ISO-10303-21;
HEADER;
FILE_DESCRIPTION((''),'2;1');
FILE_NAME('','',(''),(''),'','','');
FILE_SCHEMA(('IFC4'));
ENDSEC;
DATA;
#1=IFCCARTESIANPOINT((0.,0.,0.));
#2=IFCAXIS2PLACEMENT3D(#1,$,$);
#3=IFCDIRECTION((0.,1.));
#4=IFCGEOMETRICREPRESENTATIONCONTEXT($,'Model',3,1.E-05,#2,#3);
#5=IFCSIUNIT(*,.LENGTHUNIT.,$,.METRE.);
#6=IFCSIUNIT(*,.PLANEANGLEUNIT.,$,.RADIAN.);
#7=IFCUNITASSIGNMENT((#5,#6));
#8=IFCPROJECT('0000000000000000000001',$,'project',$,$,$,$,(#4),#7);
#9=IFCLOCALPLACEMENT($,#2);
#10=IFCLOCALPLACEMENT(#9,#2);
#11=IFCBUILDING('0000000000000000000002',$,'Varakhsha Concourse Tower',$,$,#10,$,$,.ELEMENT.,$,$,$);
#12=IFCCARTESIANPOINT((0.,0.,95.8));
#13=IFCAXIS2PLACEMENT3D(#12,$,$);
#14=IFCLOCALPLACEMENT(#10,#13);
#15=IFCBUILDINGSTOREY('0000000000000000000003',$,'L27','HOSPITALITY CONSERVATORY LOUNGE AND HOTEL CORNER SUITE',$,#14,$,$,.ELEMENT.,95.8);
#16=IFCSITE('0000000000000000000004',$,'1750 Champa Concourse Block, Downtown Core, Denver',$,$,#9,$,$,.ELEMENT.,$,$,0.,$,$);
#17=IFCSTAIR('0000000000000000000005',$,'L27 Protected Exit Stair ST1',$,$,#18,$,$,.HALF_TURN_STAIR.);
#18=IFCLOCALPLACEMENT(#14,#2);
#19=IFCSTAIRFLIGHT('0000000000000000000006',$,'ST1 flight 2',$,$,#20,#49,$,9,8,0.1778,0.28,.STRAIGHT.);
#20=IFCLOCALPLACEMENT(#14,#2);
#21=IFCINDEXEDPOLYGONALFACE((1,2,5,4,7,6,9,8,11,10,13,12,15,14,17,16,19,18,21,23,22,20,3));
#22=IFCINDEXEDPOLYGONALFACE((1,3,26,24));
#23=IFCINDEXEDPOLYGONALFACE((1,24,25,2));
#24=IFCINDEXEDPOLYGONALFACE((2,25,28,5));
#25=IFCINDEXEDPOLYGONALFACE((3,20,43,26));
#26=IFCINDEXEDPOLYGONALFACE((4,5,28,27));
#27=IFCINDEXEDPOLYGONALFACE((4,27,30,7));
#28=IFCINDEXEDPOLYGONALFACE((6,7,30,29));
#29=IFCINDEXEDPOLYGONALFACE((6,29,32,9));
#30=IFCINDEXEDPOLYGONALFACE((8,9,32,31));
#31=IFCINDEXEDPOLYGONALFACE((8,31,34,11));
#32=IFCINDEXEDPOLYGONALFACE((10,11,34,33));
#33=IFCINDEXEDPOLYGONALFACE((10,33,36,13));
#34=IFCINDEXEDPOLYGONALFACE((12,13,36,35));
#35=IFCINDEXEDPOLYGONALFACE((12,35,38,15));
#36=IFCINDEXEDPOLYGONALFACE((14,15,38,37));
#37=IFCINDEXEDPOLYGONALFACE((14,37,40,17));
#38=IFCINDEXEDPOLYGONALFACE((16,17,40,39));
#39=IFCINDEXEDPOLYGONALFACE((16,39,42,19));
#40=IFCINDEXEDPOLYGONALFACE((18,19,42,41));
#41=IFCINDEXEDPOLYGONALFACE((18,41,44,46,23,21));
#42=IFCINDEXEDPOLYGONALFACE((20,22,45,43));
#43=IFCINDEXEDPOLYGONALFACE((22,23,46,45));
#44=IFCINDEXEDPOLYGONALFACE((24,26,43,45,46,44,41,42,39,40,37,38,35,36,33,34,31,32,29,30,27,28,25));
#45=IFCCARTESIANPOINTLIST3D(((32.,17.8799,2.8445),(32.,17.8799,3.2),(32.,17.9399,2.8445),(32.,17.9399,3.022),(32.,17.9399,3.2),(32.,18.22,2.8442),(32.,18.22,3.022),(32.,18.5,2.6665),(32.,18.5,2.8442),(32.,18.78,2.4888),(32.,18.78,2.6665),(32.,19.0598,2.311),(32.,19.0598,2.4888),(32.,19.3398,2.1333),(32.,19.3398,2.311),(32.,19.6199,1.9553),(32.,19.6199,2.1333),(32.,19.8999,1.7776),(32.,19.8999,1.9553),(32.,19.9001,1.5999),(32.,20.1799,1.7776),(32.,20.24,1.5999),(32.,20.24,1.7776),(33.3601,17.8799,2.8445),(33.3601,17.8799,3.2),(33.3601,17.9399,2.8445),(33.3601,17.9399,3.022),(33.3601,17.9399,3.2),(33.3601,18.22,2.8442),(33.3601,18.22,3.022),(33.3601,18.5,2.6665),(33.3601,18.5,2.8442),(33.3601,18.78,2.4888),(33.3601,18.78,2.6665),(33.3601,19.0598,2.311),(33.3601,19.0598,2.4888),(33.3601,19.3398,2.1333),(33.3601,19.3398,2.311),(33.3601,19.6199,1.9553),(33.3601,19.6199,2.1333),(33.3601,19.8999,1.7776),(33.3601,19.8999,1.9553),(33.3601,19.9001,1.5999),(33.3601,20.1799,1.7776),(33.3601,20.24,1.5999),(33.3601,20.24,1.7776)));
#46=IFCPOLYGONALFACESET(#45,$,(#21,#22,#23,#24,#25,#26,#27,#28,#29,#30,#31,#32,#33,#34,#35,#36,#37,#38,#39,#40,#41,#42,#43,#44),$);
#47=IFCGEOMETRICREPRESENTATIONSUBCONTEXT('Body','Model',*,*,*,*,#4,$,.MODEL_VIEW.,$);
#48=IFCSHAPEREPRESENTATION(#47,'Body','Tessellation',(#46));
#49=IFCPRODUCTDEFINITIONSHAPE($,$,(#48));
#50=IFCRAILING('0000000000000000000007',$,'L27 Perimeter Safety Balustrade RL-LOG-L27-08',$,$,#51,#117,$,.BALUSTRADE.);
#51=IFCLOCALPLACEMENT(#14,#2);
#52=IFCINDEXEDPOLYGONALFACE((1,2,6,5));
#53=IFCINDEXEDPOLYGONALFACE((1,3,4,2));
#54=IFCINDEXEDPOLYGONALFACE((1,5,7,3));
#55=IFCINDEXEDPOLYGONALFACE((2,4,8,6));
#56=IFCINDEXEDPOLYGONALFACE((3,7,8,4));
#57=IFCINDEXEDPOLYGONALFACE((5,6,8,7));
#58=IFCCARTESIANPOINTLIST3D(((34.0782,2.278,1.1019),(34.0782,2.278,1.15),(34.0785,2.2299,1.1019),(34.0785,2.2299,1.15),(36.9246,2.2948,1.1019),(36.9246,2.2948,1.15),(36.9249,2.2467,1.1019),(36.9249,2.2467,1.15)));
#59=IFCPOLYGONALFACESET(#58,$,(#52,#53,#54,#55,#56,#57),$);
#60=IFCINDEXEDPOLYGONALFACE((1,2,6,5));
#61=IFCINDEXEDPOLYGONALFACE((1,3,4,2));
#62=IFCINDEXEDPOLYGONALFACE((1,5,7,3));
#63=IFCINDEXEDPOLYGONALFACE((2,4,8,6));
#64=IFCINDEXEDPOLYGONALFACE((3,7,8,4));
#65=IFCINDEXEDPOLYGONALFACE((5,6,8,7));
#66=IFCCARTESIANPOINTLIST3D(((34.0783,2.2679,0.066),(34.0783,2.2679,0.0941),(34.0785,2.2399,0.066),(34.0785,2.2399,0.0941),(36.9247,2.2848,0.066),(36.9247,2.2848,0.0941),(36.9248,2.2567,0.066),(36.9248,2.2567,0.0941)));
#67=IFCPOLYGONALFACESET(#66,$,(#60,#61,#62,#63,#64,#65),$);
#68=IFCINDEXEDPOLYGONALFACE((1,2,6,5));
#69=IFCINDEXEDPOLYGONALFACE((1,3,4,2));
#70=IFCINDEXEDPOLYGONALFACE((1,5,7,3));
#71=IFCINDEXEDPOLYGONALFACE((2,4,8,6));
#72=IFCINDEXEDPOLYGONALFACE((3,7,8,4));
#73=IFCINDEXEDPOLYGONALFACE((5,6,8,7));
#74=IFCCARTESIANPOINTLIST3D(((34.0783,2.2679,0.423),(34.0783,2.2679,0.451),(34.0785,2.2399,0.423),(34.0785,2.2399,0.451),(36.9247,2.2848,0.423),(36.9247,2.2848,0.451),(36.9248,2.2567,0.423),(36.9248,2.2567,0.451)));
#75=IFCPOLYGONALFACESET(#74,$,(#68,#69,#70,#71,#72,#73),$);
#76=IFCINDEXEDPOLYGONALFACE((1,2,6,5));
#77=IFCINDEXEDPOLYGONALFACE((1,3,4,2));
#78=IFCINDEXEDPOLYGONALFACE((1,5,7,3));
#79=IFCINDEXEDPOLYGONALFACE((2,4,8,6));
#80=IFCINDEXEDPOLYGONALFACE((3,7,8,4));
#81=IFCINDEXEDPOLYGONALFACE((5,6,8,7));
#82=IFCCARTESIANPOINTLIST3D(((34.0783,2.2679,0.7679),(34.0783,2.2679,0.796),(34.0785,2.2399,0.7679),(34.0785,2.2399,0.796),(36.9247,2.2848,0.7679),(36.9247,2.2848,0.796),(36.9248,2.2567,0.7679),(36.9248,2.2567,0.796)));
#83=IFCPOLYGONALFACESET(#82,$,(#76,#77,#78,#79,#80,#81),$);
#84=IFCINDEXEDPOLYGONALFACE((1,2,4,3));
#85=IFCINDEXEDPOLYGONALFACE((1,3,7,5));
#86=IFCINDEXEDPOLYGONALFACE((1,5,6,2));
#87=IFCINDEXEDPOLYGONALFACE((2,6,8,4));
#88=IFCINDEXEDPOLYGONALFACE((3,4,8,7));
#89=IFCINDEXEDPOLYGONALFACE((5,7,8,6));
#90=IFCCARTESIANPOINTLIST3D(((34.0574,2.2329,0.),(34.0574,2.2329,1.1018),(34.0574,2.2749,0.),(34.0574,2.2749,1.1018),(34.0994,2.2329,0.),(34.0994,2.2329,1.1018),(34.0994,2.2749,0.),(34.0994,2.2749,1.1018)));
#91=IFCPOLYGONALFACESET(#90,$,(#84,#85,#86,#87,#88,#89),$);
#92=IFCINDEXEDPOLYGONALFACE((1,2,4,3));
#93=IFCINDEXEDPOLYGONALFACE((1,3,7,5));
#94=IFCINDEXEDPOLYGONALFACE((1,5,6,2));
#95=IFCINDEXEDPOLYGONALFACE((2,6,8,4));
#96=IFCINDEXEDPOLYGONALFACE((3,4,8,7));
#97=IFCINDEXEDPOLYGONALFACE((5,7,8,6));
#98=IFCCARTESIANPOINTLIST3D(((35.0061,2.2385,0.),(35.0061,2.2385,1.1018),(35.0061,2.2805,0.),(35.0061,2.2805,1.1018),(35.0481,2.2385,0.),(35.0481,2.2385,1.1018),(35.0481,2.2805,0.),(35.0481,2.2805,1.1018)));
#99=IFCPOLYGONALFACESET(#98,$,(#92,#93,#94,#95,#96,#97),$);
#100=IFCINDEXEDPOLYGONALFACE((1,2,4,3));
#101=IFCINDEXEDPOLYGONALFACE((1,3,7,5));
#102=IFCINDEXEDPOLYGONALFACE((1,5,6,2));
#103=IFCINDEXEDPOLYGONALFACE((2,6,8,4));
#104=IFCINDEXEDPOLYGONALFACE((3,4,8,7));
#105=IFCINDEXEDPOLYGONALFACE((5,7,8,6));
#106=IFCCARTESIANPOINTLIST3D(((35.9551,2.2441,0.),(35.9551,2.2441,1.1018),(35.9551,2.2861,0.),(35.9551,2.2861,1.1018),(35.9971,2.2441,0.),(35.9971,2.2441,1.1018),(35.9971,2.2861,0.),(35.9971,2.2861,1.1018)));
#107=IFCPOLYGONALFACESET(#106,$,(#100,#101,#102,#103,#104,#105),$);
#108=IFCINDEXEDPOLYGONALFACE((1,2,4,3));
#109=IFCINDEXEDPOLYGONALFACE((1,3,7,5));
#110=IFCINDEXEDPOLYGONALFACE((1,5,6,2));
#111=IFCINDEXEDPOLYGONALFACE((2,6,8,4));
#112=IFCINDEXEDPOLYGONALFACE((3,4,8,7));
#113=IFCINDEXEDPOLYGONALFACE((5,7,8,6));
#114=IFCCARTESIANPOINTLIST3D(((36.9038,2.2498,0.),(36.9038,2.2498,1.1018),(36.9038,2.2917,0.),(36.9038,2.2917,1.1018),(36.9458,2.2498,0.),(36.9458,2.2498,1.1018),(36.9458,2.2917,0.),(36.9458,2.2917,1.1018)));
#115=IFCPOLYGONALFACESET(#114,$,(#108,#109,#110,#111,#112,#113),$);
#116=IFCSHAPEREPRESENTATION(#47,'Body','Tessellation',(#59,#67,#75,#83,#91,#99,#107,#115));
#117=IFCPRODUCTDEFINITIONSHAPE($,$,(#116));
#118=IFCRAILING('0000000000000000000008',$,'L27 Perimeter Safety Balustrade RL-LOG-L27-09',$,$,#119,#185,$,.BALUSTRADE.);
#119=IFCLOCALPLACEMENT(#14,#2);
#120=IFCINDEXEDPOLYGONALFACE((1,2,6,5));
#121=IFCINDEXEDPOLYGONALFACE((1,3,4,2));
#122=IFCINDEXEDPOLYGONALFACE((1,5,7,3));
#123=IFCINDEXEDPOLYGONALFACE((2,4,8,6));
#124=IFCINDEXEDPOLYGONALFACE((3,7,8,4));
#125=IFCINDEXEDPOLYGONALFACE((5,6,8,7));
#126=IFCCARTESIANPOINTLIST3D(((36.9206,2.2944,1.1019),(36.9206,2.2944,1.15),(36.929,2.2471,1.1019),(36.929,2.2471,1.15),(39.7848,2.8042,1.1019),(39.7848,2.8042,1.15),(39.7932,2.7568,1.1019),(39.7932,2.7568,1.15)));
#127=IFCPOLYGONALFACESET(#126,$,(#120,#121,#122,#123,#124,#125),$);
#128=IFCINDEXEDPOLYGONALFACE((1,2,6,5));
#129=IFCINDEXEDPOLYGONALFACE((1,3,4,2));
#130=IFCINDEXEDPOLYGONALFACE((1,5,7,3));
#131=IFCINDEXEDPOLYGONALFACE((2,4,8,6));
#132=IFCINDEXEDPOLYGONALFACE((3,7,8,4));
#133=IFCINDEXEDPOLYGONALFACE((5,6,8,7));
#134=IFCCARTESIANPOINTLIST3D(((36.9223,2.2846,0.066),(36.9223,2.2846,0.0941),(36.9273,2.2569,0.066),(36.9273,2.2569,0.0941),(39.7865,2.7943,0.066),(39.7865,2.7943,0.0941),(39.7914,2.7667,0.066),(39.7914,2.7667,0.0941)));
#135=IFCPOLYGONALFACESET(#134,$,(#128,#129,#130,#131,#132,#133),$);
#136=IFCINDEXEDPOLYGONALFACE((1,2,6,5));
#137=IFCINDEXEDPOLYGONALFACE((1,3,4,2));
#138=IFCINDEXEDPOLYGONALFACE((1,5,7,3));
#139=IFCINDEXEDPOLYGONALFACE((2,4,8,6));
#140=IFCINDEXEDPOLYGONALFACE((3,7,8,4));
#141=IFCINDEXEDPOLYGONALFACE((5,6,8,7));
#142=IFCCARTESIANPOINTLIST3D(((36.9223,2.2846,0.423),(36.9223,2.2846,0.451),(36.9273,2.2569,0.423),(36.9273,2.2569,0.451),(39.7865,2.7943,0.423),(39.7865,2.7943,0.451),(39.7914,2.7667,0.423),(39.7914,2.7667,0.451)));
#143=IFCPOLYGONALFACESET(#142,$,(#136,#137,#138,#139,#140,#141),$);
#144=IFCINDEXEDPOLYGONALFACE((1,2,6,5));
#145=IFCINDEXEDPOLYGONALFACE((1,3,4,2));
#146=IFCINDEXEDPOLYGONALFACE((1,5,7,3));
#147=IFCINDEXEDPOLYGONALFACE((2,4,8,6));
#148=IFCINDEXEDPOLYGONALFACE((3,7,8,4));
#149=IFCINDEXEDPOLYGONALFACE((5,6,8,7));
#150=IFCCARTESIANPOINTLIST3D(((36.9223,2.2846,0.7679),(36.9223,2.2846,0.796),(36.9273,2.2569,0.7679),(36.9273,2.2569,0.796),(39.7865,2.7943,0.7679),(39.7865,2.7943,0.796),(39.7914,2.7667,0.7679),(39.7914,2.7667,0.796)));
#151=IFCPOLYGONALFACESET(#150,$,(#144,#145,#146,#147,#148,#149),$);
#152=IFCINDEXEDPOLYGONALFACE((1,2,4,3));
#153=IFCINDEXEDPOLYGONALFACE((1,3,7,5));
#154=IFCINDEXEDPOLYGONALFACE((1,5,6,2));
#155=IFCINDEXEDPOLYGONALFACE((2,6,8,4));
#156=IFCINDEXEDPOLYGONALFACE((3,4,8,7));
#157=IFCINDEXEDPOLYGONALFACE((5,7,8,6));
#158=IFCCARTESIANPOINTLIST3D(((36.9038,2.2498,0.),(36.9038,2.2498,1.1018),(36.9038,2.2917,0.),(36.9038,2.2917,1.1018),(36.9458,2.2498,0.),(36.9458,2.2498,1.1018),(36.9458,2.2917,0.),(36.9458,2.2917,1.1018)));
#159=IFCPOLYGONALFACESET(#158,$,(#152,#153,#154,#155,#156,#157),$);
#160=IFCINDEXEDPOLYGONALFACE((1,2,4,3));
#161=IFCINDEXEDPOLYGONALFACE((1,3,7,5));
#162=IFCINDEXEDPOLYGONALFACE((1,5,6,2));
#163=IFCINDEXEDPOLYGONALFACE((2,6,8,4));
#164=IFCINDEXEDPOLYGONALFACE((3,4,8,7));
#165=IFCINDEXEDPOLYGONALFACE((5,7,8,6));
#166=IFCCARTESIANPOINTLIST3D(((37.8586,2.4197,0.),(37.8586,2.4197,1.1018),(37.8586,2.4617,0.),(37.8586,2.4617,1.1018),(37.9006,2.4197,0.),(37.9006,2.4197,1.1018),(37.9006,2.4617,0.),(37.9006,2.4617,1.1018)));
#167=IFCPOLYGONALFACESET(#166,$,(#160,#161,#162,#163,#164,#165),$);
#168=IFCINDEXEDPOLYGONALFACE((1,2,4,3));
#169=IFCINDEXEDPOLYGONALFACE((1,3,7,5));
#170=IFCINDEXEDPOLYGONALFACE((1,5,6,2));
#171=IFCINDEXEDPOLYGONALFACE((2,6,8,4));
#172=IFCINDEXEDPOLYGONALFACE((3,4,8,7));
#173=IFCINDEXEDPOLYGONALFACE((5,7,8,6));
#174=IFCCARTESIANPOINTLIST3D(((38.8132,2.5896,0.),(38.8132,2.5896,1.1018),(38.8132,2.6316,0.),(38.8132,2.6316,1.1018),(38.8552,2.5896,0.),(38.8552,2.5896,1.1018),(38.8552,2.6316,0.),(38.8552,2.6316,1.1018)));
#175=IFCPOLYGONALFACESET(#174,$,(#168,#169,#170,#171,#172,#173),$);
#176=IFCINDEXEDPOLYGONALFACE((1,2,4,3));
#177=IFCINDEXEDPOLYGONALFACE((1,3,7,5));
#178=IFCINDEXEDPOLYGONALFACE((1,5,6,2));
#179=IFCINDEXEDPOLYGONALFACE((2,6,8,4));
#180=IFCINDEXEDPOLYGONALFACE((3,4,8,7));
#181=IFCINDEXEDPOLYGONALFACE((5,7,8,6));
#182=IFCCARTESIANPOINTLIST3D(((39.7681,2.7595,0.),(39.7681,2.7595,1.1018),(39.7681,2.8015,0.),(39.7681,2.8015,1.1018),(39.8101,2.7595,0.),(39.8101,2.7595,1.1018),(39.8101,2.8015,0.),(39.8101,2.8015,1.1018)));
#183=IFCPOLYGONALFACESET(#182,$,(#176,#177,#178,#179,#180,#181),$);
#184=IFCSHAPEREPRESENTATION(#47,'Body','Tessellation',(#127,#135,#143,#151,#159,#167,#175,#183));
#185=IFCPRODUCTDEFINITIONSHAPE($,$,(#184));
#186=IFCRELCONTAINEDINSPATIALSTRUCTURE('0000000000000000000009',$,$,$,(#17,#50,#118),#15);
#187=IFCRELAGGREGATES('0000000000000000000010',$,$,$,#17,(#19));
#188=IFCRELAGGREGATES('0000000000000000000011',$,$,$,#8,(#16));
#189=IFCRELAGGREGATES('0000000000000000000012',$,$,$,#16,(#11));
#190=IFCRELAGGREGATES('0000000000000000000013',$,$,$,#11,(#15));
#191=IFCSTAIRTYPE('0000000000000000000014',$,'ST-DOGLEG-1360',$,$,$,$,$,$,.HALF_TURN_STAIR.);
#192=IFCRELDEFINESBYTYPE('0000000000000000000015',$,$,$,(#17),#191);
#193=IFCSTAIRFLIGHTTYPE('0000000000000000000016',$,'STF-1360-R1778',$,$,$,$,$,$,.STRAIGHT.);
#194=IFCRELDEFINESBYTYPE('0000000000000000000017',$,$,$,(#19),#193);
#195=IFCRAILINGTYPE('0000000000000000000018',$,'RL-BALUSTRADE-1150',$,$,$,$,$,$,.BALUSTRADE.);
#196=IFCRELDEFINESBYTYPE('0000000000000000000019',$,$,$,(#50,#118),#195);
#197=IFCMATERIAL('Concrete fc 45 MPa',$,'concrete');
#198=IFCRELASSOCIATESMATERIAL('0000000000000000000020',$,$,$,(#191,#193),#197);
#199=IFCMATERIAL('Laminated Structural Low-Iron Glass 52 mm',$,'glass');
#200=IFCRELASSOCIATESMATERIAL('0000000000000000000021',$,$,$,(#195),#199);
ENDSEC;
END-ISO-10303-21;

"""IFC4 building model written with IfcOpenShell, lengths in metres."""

from ifc_helpers import new_model, si_unit, direction, frame, origin, origin_2d, place, context, subcontext, project, spatial, polyline, rectangle, outline, extrude, material, type_object, element, aggregate, save


model = new_model("IFC4")

# Units and contexts
model_context = context("Model", 3, precision=1e-05, world=origin(), true_north=direction((0.0, 1.0)))
body_context = subcontext(model_context, "Body", "Model", "MODEL_VIEW")
ifc_project = project(units=[si_unit("LENGTHUNIT", "METRE"), si_unit("PLANEANGLEUNIT", "RADIAN")], contexts=[model_context])

# Site, building, storey
site_placement = place(None, origin())
site = spatial("IfcSite", under=ifc_project, at=site_placement, Name="1750 Champa Concourse Block, Downtown Core, Denver", CompositionType="ELEMENT", RefElevation=0.0)
building_placement = place(site_placement, origin())
building = spatial("IfcBuilding", under=site, at=building_placement, Name="Varakhsha Concourse Tower", CompositionType="ELEMENT")
storey_placement = place(building_placement, frame((0.0, 0.0, 95.8)))
storey = spatial("IfcBuildingStorey", under=building, at=storey_placement, Name="L27", Description="HOSPITALITY CONSERVATORY LOUNGE AND HOTEL CORNER SUITE", CompositionType="ELEMENT", Elevation=95.8)

# Shared definitions
ifc_material_1 = material(Name="Concrete fc 45 MPa", Category="concrete")

# Stair, stair flight
stair_type = type_object("IfcStairType", Name="ST-DOGLEG-1360", PredefinedType="HALF_TURN_STAIR", material=ifc_material_1)
stair_placement = place(storey_placement, origin())
stair = element("IfcStair", 1, at=stair_placement, inside=storey, type_object=stair_type, Name="L27 Protected Exit Stair ST1", PredefinedType="HALF_TURN_STAIR")
stair_flight_type = type_object("IfcStairFlightType", Name="STF-1360-R1778", PredefinedType="STRAIGHT", material=ifc_material_1)
stair_flight_1_placement = place(storey_placement, frame((32.6799, 20.1799, 1.5999), z_axis=(0.0, 0.0, 1.0), x_axis=(0.0, -1.0, 0.0)))
stair_flight_1 = element("IfcStairFlight", 2, at=stair_flight_1_placement, type_object=stair_flight_type, Name="ST1 flight 2", NumberOfRisers=9, NumberOfTreads=8, PredefinedType="STRAIGHT", RiserHeight=0.1778, TreadLength=0.28, context=body_context, shape_type="SweptSolid", body=[
    extrude(outline(polyline([(-0.0601, 0.0), (-0.0601, 0.1777), (0.0, 0.1777), (0.28, 0.1777), (0.28, 0.3555), (0.5601, 0.3555), (0.5601, 0.5334), (0.8401, 0.5334), (0.8401, 0.7112), (1.1201, 0.7112), (1.1201, 0.8889), (1.3999, 0.8889), (1.3999, 1.0667), (1.6799, 1.0667), (1.6799, 1.2444), (1.96, 1.2444), (1.96, 1.4221), (2.24, 1.4221), (2.24, 1.6001), (2.3, 1.6001), (2.3, 1.2446), (2.24, 1.2446), (0.2798, 0.0), (-0.0601, 0.0)])), frame((0.0, 0.6802, 0.0), z_axis=(0.0, -1.0, 0.0), x_axis=(1.0, 0.0, 0.0)), (0.0, 0.0, 1.0), 1.3601),
])
aggregate(stair, [stair_flight_1])

# Railings
ifc_material_2 = material(Name="Laminated Structural Low-Iron Glass 52 mm", Category="glass")
railing_type_1 = type_object("IfcRailingType", Name="RL-BALUSTRADE-1150", PredefinedType="BALUSTRADE", material=ifc_material_2)
railing_1_placement = place(storey_placement, frame((34.0784, 2.2539, 0.0)))
element("IfcRailing", 3, at=railing_1_placement, inside=storey, type_object=railing_type_1, Name="L27 Perimeter Safety Balustrade RL-LOG-L27-08", PredefinedType="BALUSTRADE", context=body_context, shape_type="SweptSolid", body=[
    extrude(rectangle(XDim=0.0481, YDim=0.0481, at=origin_2d()), frame((0.0, 0.0, 1.126), z_axis=(0.999982, 0.005918, 0.0), x_axis=(-0.005918, 0.999982, 0.0)), (0.0, 0.0, 1.0), 2.8464),
    extrude(rectangle(XDim=0.0281, YDim=0.0281, at=origin_2d()), frame((0.0, 0.0, 0.0801), z_axis=(0.999982, 0.005918, 0.0), x_axis=(-0.005918, 0.999982, 0.0)), (0.0, 0.0, 1.0), 2.8464),
    extrude(rectangle(XDim=0.0281, YDim=0.0281, at=origin_2d()), frame((0.0, 0.0, 0.437), z_axis=(0.999982, 0.005918, 0.0), x_axis=(-0.005918, 0.999982, 0.0)), (0.0, 0.0, 1.0), 2.8464),
    extrude(rectangle(XDim=0.0281, YDim=0.0281, at=origin_2d()), frame((0.0, 0.0, 0.782), z_axis=(0.999982, 0.005918, 0.0), x_axis=(-0.005918, 0.999982, 0.0)), (0.0, 0.0, 1.0), 2.8464),
    extrude(rectangle(XDim=0.042, YDim=0.042, at=origin_2d()), origin(), (0.0, 0.0, 1.0), 1.1018),
    extrude(rectangle(XDim=0.042, YDim=0.042, at=origin_2d()), frame((0.9487, 0.0056, 0.0)), (0.0, 0.0, 1.0), 1.1018),
    extrude(rectangle(XDim=0.042, YDim=0.042, at=origin_2d()), frame((1.8977, 0.0112, 0.0)), (0.0, 0.0, 1.0), 1.1018),
    extrude(rectangle(XDim=0.042, YDim=0.042, at=origin_2d()), frame((2.8464, 0.0168, 0.0)), (0.0, 0.0, 1.0), 1.1018),
])
railing_2_placement = place(storey_placement, frame((36.9248, 2.2708, 0.0)))
element("IfcRailing", 4, at=railing_2_placement, inside=storey, type_object=railing_type_1, Name="L27 Perimeter Safety Balustrade RL-LOG-L27-09", PredefinedType="BALUSTRADE", context=body_context, shape_type="SweptSolid", body=[
    extrude(rectangle(XDim=0.0481, YDim=0.0481, at=origin_2d()), frame((0.0, 0.0, 1.126), z_axis=(0.984529, 0.175221, 0.0), x_axis=(-0.175221, 0.984529, 0.0)), (0.0, 0.0, 1.0), 2.9092),
    extrude(rectangle(XDim=0.0281, YDim=0.0281, at=origin_2d()), frame((0.0, 0.0, 0.0801), z_axis=(0.984529, 0.175221, 0.0), x_axis=(-0.175221, 0.984529, 0.0)), (0.0, 0.0, 1.0), 2.9092),
    extrude(rectangle(XDim=0.0281, YDim=0.0281, at=origin_2d()), frame((0.0, 0.0, 0.437), z_axis=(0.984529, 0.175221, 0.0), x_axis=(-0.175221, 0.984529, 0.0)), (0.0, 0.0, 1.0), 2.9092),
    extrude(rectangle(XDim=0.0281, YDim=0.0281, at=origin_2d()), frame((0.0, 0.0, 0.782), z_axis=(0.984529, 0.175221, 0.0), x_axis=(-0.175221, 0.984529, 0.0)), (0.0, 0.0, 1.0), 2.9092),
    extrude(rectangle(XDim=0.042, YDim=0.042, at=origin_2d()), origin(), (0.0, 0.0, 1.0), 1.1018),
    extrude(rectangle(XDim=0.042, YDim=0.042, at=origin_2d()), frame((0.9548, 0.1699, 0.0)), (0.0, 0.0, 1.0), 1.1018),
    extrude(rectangle(XDim=0.042, YDim=0.042, at=origin_2d()), frame((1.9094, 0.3398, 0.0)), (0.0, 0.0, 1.0), 1.1018),
    extrude(rectangle(XDim=0.042, YDim=0.042, at=origin_2d()), frame((2.8643, 0.5098, 0.0)), (0.0, 0.0, 1.0), 1.1018),
])

save(model, "model.ifc")
